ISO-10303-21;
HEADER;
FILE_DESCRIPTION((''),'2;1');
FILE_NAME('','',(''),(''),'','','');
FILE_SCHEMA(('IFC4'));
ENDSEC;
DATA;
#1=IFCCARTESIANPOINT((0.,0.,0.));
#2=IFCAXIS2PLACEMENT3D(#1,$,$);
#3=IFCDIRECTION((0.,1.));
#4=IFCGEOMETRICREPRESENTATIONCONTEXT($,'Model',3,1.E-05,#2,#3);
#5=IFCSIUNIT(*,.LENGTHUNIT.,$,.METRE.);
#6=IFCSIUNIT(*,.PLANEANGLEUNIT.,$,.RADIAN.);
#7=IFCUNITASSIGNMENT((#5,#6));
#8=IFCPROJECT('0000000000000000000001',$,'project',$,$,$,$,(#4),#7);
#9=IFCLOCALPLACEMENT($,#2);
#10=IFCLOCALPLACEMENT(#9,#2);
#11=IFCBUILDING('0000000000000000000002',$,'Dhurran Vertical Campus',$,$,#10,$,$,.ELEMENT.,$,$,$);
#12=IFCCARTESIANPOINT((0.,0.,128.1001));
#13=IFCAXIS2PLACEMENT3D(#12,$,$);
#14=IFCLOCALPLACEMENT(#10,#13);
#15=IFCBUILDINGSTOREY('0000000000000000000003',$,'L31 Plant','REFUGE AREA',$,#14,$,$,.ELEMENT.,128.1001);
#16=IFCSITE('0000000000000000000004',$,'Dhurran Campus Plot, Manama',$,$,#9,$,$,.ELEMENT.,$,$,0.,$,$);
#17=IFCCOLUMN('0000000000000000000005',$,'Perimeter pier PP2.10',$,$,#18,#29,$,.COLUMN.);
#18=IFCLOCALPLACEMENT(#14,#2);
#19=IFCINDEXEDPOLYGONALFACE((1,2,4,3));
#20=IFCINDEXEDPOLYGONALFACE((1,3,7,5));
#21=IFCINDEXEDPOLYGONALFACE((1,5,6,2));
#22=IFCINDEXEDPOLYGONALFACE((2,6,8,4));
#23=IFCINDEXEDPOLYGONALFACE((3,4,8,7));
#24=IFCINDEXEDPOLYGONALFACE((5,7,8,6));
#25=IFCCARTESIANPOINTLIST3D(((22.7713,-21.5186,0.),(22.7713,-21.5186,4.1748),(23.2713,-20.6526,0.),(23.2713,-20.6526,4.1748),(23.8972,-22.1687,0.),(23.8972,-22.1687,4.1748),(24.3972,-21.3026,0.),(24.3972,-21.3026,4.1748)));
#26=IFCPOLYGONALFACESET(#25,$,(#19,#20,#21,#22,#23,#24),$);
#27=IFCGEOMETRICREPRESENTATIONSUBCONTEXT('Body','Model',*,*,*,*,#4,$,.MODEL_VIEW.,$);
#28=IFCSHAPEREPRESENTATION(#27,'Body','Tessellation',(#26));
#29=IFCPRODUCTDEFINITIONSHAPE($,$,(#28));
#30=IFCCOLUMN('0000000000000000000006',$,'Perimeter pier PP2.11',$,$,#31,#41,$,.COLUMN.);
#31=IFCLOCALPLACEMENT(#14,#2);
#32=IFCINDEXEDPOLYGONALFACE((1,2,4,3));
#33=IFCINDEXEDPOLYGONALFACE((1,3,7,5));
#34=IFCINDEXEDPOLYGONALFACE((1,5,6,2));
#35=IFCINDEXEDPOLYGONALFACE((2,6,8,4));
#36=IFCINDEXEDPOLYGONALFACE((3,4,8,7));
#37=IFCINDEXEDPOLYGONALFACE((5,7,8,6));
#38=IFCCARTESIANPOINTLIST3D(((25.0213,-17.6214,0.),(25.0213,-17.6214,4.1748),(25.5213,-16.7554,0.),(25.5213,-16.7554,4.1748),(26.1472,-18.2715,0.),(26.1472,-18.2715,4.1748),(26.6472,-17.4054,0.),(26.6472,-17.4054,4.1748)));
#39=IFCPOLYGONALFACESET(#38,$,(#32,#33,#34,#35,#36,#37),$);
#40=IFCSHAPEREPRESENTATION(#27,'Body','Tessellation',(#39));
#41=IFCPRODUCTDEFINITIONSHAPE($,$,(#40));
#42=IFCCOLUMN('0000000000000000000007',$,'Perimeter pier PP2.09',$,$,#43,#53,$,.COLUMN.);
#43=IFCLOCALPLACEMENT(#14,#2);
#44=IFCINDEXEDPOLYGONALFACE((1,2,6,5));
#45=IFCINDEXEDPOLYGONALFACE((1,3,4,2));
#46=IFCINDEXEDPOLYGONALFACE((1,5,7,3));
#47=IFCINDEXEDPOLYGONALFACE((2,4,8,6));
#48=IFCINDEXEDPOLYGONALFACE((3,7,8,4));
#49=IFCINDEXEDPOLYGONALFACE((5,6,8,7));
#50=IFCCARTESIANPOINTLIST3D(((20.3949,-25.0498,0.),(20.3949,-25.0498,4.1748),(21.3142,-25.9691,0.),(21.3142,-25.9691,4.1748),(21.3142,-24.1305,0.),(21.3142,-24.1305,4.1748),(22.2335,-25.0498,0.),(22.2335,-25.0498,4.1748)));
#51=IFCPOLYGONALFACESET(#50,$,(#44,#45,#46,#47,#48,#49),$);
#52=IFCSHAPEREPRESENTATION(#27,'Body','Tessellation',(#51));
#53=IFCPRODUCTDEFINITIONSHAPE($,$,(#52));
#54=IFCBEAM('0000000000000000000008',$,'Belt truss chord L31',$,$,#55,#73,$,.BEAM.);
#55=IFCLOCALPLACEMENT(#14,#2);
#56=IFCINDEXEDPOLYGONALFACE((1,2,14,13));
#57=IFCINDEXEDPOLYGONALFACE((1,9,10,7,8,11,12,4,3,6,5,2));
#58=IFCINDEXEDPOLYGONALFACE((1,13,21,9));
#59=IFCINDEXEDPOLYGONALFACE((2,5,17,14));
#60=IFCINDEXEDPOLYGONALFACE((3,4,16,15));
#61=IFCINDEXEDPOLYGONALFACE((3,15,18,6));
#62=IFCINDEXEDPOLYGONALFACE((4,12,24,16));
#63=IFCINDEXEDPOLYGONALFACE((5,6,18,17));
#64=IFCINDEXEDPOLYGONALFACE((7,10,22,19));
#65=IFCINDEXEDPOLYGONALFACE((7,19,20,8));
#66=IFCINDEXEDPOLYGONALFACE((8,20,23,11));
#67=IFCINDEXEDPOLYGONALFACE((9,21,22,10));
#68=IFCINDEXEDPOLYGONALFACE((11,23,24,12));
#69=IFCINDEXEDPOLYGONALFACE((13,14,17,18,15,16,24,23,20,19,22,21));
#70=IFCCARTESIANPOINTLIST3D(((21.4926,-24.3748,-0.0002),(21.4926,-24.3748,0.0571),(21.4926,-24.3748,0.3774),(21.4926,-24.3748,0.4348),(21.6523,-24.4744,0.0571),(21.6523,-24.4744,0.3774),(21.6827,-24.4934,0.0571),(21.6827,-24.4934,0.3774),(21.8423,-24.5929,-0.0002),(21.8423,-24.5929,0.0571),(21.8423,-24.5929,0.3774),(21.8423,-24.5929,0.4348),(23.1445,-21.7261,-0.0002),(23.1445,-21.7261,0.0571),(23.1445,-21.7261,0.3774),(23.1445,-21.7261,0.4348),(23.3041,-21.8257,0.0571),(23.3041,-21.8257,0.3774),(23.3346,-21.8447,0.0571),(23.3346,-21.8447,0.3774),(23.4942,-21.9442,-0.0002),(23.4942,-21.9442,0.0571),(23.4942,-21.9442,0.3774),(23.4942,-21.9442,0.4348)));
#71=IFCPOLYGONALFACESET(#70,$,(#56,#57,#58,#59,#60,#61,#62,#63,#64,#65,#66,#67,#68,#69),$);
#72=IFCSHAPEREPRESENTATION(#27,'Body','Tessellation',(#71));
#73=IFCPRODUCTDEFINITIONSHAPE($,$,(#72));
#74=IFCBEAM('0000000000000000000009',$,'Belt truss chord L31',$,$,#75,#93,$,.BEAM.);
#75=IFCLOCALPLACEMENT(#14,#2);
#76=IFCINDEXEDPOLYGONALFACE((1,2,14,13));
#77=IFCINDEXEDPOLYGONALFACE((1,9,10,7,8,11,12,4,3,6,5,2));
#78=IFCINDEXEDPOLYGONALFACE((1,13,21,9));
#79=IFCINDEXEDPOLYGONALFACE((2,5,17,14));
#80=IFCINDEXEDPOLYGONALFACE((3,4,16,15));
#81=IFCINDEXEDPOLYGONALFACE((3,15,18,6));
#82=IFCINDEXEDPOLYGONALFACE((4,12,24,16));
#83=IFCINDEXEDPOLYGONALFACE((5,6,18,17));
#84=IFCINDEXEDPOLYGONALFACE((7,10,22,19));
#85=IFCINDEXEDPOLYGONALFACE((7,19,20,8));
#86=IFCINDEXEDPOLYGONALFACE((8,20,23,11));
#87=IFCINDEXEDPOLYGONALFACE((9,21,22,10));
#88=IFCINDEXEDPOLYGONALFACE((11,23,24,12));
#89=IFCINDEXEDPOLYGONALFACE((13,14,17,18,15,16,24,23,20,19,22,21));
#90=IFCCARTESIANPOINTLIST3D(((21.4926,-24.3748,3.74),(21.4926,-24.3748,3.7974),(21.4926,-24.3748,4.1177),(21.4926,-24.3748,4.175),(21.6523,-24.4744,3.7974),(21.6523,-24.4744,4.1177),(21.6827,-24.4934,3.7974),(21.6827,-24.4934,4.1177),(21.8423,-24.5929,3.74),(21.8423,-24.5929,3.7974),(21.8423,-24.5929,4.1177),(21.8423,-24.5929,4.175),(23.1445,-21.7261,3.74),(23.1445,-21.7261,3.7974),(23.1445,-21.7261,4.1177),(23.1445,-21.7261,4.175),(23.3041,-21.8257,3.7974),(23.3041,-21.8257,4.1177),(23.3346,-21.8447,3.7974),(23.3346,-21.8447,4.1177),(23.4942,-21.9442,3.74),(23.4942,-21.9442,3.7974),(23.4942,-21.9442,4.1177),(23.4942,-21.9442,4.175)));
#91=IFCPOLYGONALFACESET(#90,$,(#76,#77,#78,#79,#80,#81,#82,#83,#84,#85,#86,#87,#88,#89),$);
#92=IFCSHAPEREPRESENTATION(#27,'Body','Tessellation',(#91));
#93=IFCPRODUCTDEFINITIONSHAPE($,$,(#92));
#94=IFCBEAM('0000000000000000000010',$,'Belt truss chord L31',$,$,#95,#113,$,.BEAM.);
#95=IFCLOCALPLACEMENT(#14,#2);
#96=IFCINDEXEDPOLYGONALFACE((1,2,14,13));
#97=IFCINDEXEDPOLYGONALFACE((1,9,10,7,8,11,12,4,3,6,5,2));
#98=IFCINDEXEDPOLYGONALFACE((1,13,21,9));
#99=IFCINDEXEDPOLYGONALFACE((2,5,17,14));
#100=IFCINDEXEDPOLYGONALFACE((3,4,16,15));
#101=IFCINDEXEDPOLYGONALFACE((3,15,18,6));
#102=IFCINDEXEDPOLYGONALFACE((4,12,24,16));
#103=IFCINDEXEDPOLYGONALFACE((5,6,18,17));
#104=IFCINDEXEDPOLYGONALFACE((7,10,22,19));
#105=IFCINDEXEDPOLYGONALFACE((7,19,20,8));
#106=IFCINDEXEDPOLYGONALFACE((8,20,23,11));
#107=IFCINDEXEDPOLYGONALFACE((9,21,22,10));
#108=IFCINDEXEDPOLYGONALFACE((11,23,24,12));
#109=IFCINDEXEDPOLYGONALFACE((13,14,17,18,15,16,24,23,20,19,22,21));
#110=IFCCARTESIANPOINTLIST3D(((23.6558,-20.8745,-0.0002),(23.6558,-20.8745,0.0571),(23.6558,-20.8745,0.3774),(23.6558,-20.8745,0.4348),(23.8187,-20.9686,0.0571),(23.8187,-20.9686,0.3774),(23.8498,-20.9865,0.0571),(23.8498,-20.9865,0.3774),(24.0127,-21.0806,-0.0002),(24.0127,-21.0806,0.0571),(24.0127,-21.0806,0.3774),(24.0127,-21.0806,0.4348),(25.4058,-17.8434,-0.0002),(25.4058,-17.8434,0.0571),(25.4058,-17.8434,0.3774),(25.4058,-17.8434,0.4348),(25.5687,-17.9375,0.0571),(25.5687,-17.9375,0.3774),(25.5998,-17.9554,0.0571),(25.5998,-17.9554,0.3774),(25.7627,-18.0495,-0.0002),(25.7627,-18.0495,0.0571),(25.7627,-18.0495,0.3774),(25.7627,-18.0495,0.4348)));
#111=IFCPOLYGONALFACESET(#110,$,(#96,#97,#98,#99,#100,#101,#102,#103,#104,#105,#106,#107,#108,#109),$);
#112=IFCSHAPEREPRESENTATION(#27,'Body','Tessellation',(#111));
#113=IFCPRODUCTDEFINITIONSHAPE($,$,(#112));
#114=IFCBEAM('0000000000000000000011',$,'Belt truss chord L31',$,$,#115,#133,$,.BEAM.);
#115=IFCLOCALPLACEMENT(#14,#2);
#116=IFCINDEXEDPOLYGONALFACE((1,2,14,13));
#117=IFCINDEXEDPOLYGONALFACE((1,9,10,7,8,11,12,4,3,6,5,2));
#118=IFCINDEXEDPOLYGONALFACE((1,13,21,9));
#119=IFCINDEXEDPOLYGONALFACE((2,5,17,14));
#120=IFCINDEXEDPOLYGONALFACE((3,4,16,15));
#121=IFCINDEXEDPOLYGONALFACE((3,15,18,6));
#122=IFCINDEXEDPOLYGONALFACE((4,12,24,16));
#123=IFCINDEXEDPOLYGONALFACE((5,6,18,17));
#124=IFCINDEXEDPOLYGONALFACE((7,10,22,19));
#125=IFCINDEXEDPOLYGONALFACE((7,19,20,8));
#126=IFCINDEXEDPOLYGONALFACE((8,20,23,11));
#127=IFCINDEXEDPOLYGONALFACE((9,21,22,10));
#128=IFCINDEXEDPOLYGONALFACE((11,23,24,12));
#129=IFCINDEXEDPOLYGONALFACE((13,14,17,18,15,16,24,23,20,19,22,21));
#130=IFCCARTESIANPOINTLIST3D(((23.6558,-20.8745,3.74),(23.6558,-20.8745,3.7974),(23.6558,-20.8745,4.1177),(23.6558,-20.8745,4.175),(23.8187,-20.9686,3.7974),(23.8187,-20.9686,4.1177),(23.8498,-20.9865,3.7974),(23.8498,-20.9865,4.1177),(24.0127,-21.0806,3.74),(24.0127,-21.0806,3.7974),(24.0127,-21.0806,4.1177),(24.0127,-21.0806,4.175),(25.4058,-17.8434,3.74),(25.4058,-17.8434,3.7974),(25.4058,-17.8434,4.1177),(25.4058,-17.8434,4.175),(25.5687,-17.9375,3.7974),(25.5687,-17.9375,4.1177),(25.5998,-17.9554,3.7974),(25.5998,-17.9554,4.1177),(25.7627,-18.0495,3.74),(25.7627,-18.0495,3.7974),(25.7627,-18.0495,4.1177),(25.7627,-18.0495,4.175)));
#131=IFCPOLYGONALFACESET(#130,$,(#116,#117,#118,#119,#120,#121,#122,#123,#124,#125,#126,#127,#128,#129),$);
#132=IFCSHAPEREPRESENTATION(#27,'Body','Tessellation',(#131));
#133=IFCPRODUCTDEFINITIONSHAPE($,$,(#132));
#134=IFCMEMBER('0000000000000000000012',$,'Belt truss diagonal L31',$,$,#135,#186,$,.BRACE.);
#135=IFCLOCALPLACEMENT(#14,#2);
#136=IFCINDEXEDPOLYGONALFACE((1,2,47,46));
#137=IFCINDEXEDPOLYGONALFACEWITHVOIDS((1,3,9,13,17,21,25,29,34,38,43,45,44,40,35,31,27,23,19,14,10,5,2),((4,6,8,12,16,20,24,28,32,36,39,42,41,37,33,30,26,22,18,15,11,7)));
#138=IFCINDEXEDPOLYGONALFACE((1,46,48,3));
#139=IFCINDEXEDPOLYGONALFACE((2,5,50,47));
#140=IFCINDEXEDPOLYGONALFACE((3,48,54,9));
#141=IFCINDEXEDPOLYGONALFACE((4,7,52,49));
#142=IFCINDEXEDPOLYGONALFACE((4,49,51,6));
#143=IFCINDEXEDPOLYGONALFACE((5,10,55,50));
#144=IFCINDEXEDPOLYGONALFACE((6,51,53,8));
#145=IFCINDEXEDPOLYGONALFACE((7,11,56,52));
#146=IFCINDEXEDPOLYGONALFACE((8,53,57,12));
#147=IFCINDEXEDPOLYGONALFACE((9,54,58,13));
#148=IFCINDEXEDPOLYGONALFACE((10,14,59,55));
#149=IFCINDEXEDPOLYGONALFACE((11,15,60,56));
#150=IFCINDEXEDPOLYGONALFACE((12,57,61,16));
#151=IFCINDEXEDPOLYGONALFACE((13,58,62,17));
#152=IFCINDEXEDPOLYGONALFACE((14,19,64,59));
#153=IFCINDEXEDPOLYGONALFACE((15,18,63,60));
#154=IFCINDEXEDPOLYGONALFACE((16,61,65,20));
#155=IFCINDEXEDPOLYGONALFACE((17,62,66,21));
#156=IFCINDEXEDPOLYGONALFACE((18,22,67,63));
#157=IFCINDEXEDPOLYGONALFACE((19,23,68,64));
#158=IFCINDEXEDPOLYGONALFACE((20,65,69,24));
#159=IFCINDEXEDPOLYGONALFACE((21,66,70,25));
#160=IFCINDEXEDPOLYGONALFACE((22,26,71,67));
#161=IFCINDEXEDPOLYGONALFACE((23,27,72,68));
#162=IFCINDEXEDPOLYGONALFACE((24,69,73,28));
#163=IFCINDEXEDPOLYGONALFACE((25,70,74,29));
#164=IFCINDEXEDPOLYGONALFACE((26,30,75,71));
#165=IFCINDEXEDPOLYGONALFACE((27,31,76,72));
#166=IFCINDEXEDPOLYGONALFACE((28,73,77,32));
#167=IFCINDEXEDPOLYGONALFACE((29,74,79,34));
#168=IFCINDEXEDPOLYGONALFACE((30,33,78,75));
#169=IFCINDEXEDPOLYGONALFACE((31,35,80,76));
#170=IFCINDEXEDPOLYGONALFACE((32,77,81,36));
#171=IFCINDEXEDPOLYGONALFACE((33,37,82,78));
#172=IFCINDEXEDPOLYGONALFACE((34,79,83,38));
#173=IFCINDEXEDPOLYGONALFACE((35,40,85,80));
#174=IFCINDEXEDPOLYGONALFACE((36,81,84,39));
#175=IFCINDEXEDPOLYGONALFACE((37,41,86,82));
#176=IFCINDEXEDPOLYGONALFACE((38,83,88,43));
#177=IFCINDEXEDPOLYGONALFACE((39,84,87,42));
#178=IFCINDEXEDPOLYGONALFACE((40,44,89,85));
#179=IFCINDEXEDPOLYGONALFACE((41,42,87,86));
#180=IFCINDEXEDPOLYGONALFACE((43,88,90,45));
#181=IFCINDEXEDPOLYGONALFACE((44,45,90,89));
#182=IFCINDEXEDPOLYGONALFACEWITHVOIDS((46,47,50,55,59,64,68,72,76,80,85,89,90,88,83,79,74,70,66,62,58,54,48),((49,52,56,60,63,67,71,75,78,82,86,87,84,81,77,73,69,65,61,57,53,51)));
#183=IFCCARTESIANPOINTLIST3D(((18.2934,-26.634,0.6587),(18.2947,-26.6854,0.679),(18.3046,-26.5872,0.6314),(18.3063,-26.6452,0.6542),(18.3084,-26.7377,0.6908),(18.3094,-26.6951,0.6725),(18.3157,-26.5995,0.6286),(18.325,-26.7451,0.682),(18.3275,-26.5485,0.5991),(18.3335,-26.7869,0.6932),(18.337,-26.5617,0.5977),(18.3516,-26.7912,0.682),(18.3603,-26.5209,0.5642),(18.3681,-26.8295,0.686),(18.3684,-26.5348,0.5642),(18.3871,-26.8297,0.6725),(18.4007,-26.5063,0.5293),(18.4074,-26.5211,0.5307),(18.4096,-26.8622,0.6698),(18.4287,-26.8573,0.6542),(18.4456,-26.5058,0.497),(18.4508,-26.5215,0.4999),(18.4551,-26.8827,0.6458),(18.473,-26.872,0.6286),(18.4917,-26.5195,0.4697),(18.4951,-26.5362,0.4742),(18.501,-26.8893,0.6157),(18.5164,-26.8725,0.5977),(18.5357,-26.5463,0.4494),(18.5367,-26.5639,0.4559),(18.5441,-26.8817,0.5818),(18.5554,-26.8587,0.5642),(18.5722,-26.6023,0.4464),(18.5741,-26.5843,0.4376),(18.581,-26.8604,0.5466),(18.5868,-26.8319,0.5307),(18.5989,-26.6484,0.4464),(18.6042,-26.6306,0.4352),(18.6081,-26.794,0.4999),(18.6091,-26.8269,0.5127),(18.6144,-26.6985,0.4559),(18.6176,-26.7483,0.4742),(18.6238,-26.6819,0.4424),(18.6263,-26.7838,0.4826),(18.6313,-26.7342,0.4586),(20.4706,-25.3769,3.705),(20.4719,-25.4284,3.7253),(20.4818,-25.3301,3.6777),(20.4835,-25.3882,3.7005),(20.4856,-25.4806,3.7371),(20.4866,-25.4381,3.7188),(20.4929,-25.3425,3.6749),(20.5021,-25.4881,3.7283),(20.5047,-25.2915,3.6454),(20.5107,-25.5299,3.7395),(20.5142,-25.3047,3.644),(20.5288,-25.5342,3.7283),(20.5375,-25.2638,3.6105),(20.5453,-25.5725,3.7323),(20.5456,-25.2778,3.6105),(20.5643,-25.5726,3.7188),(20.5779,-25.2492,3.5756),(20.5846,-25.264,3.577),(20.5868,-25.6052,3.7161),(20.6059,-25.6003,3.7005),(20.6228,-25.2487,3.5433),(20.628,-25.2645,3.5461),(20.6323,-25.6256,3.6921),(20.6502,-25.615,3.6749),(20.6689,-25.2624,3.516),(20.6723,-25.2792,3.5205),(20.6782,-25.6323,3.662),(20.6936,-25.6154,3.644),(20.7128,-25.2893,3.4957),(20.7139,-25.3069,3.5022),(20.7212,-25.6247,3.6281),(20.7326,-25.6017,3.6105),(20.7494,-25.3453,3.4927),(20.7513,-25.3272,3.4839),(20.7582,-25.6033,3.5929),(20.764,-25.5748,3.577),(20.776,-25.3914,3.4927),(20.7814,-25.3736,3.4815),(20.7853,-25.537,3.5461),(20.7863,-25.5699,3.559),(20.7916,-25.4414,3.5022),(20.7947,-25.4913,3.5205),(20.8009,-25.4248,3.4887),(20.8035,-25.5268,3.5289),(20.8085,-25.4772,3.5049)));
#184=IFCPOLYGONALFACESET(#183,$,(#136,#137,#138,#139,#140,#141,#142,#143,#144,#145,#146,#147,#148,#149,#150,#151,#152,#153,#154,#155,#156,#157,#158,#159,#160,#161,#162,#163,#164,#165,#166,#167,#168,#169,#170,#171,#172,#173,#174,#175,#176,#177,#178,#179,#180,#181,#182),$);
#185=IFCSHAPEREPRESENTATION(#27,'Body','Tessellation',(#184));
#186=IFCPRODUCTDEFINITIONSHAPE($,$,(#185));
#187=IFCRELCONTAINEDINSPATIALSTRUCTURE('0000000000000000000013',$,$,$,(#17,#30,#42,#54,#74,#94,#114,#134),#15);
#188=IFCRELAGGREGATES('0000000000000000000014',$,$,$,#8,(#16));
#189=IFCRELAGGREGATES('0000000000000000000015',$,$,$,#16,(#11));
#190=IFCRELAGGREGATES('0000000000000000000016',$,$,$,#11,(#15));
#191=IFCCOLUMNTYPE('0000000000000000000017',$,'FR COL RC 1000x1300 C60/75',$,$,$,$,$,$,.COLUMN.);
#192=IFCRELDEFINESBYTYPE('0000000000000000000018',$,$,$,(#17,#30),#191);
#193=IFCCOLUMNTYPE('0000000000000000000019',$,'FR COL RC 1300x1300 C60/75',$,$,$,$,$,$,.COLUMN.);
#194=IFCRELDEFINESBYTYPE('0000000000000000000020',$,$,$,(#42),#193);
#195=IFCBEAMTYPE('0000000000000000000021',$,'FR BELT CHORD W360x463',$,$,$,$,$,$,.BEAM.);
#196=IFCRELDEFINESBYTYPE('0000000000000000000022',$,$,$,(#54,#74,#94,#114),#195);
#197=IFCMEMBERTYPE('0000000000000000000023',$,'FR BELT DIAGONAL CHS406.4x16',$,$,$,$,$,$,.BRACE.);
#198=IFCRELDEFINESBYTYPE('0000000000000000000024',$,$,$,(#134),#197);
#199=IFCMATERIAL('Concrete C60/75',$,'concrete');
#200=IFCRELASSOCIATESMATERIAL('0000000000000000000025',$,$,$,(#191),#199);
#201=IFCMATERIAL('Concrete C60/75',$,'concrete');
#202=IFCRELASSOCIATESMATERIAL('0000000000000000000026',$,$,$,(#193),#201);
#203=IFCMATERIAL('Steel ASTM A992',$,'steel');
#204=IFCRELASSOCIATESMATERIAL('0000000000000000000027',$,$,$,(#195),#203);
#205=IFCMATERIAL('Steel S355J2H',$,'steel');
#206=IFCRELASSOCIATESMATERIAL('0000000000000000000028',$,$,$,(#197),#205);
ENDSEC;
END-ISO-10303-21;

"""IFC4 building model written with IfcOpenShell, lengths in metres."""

from ifc_helpers import new_model, si_unit, direction, frame, origin, origin_2d, place, context, subcontext, project, spatial, rectangle, hollow_circle, i_section, extrude, material, material_profile, profile_set, type_object, element, save


model = new_model("IFC4")

# Units and contexts
model_context = context("Model", 3, precision=1e-05, world=origin(), true_north=direction((0.0, 1.0)))
body_context = subcontext(model_context, "Body", "Model", "MODEL_VIEW")
ifc_project = project(units=[si_unit("LENGTHUNIT", "METRE"), si_unit("PLANEANGLEUNIT", "RADIAN")], contexts=[model_context])

# Site, building, storey
site_placement = place(None, origin())
site = spatial("IfcSite", under=ifc_project, at=site_placement, Name="Dhurran Campus Plot, Manama", CompositionType="ELEMENT", RefElevation=0.0)
building_placement = place(site_placement, origin())
building = spatial("IfcBuilding", under=site, at=building_placement, Name="Dhurran Vertical Campus", CompositionType="ELEMENT")
storey_placement = place(building_placement, frame((0.0, 0.0, 128.1001)))
storey = spatial("IfcBuildingStorey", under=building, at=storey_placement, Name="L31 Plant", Description="REFUGE AREA", CompositionType="ELEMENT", Elevation=128.1001)

# Columns
ifc_material_1 = material(Name="Concrete C60/75", Category="concrete")
ifc_material_profile_1 = material_profile(ifc_material_1, rectangle(XDim=1.0, YDim=1.3, at=origin_2d()), Name="RC 1000x1300")
ifc_profile_set_1 = profile_set([ifc_material_profile_1], Name="Concrete C60/75")
column_type_1 = type_object("IfcColumnType", Name="FR COL RC 1000x1300 C60/75", PredefinedType="COLUMN", material=ifc_profile_set_1)
for number, where, z_axis, x_axis, name in (
    (1, (23.5842, -21.4106, 0.0), (0.0, 0.0, 1.0), (0.5, 0.866025, 0.0), "Perimeter pier PP2.10"),
    (2, (25.8342, -17.5134, 0.0), (0.0, 0.0, 1.0), (0.5, 0.866025, 0.0), "Perimeter pier PP2.11"),
):
    element("IfcColumn", number, at=place(storey_placement, frame(where, z_axis=z_axis, x_axis=x_axis)), inside=storey, type_object=column_type_1, Name=name, PredefinedType="COLUMN", context=body_context, shape_type="SweptSolid", body=[
        extrude(rectangle(XDim=1.0, YDim=1.3, at=origin_2d()), origin(), (0.0, 0.0, 1.0), 4.1748),
    ])
ifc_material_2 = material(Name="Concrete C60/75", Category="concrete")
ifc_material_profile_2 = material_profile(ifc_material_2, rectangle(XDim=1.3, YDim=1.3, at=origin_2d()), Name="RC 1300x1300")
ifc_profile_set_2 = profile_set([ifc_material_profile_2], Name="Concrete C60/75")
column_type_2 = type_object("IfcColumnType", Name="FR COL RC 1300x1300 C60/75", PredefinedType="COLUMN", material=ifc_profile_set_2)
column_placement = place(storey_placement, frame((21.3142, -25.0498, 0.0), z_axis=(0.0, 0.0, 1.0), x_axis=(0.707107, 0.707107, 0.0)))
element("IfcColumn", 3, at=column_placement, inside=storey, type_object=column_type_2, Name="Perimeter pier PP2.09", PredefinedType="COLUMN", context=body_context, shape_type="SweptSolid", body=[
    extrude(rectangle(XDim=1.3, YDim=1.3, at=origin_2d()), origin(), (0.0, 0.0, 1.0), 4.1748),
])

# Beams
ifc_material_3 = material(Name="Steel ASTM A992", Category="steel")
ifc_material_profile_3 = material_profile(ifc_material_3, i_section(OverallWidth=0.4121, OverallDepth=0.4351, WebThickness=0.0359, FlangeThickness=0.0574, at=origin_2d()), Name="W360x463")
ifc_profile_set_3 = profile_set([ifc_material_profile_3], Name="Steel ASTM A992")
beam_type = type_object("IfcBeamType", Name="FR BELT CHORD W360x463", PredefinedType="BEAM", material=ifc_profile_set_3)
for number, where, z_axis, x_axis, name in (
    (4, (21.6675, -24.4839, 0.2173), (0.529176, 0.848512, 0.0), (-0.848512, 0.529176, 0.0), "Belt truss chord L31"),
    (5, (21.6675, -24.4839, 3.9575), (0.529176, 0.848512, 0.0), (-0.848512, 0.529176, 0.0), "Belt truss chord L31"),
):
    element("IfcBeam", number, at=place(storey_placement, frame(where, z_axis=z_axis, x_axis=x_axis)), inside=storey, type_object=beam_type, Name=name, PredefinedType="BEAM", context=body_context, shape_type="SweptSolid", body=[
        extrude(i_section(OverallWidth=0.4121, OverallDepth=0.4351, WebThickness=0.0359, FlangeThickness=0.0574, at=origin_2d()), origin(), (0.0, 0.0, 1.0), 3.1216),
    ])
for number, where, z_axis, x_axis, name in (
    (6, (23.8342, -20.9775, 0.2173), (0.50001, 0.866019, 0.0), (-0.866019, 0.50001, 0.0), "Belt truss chord L31"),
    (7, (23.8342, -20.9775, 3.9575), (0.50001, 0.866019, 0.0), (-0.866019, 0.50001, 0.0), "Belt truss chord L31"),
):
    element("IfcBeam", number, at=place(storey_placement, frame(where, z_axis=z_axis, x_axis=x_axis)), inside=storey, type_object=beam_type, Name=name, PredefinedType="BEAM", context=body_context, shape_type="SweptSolid", body=[
        extrude(i_section(OverallWidth=0.4121, OverallDepth=0.4351, WebThickness=0.0359, FlangeThickness=0.0574, at=origin_2d()), origin(), (0.0, 0.0, 1.0), 3.5),
    ])

# Member
ifc_material_4 = material(Name="Steel S355J2H", Category="steel")
ifc_material_profile_4 = material_profile(ifc_material_4, hollow_circle(Radius=0.2031, WallThickness=0.0161, at=origin_2d()), Name="CHS406.4x16")
ifc_profile_set_4 = profile_set([ifc_material_profile_4], Name="Steel S355J2H")
member_type = type_object("IfcMemberType", Name="FR BELT DIAGONAL CHS406.4x16", PredefinedType="BRACE", material=ifc_profile_set_4)
member_1_placement = place(storey_placement, frame((18.4619, -26.6968, 0.5642), z_axis=(0.551226, 0.318262, 0.771271), x_axis=(-0.500014, 0.866017, 0.0)))
element("IfcMember", 8, at=member_1_placement, inside=storey, type_object=member_type, Name="Belt truss diagonal L31", PredefinedType="BRACE", context=body_context, shape_type="SweptSolid", body=[
    extrude(hollow_circle(Radius=0.2031, WallThickness=0.0161, at=origin_2d()), origin(), (0.0, 0.0, 1.0), 3.9497),
])

save(model, "model.ifc")
